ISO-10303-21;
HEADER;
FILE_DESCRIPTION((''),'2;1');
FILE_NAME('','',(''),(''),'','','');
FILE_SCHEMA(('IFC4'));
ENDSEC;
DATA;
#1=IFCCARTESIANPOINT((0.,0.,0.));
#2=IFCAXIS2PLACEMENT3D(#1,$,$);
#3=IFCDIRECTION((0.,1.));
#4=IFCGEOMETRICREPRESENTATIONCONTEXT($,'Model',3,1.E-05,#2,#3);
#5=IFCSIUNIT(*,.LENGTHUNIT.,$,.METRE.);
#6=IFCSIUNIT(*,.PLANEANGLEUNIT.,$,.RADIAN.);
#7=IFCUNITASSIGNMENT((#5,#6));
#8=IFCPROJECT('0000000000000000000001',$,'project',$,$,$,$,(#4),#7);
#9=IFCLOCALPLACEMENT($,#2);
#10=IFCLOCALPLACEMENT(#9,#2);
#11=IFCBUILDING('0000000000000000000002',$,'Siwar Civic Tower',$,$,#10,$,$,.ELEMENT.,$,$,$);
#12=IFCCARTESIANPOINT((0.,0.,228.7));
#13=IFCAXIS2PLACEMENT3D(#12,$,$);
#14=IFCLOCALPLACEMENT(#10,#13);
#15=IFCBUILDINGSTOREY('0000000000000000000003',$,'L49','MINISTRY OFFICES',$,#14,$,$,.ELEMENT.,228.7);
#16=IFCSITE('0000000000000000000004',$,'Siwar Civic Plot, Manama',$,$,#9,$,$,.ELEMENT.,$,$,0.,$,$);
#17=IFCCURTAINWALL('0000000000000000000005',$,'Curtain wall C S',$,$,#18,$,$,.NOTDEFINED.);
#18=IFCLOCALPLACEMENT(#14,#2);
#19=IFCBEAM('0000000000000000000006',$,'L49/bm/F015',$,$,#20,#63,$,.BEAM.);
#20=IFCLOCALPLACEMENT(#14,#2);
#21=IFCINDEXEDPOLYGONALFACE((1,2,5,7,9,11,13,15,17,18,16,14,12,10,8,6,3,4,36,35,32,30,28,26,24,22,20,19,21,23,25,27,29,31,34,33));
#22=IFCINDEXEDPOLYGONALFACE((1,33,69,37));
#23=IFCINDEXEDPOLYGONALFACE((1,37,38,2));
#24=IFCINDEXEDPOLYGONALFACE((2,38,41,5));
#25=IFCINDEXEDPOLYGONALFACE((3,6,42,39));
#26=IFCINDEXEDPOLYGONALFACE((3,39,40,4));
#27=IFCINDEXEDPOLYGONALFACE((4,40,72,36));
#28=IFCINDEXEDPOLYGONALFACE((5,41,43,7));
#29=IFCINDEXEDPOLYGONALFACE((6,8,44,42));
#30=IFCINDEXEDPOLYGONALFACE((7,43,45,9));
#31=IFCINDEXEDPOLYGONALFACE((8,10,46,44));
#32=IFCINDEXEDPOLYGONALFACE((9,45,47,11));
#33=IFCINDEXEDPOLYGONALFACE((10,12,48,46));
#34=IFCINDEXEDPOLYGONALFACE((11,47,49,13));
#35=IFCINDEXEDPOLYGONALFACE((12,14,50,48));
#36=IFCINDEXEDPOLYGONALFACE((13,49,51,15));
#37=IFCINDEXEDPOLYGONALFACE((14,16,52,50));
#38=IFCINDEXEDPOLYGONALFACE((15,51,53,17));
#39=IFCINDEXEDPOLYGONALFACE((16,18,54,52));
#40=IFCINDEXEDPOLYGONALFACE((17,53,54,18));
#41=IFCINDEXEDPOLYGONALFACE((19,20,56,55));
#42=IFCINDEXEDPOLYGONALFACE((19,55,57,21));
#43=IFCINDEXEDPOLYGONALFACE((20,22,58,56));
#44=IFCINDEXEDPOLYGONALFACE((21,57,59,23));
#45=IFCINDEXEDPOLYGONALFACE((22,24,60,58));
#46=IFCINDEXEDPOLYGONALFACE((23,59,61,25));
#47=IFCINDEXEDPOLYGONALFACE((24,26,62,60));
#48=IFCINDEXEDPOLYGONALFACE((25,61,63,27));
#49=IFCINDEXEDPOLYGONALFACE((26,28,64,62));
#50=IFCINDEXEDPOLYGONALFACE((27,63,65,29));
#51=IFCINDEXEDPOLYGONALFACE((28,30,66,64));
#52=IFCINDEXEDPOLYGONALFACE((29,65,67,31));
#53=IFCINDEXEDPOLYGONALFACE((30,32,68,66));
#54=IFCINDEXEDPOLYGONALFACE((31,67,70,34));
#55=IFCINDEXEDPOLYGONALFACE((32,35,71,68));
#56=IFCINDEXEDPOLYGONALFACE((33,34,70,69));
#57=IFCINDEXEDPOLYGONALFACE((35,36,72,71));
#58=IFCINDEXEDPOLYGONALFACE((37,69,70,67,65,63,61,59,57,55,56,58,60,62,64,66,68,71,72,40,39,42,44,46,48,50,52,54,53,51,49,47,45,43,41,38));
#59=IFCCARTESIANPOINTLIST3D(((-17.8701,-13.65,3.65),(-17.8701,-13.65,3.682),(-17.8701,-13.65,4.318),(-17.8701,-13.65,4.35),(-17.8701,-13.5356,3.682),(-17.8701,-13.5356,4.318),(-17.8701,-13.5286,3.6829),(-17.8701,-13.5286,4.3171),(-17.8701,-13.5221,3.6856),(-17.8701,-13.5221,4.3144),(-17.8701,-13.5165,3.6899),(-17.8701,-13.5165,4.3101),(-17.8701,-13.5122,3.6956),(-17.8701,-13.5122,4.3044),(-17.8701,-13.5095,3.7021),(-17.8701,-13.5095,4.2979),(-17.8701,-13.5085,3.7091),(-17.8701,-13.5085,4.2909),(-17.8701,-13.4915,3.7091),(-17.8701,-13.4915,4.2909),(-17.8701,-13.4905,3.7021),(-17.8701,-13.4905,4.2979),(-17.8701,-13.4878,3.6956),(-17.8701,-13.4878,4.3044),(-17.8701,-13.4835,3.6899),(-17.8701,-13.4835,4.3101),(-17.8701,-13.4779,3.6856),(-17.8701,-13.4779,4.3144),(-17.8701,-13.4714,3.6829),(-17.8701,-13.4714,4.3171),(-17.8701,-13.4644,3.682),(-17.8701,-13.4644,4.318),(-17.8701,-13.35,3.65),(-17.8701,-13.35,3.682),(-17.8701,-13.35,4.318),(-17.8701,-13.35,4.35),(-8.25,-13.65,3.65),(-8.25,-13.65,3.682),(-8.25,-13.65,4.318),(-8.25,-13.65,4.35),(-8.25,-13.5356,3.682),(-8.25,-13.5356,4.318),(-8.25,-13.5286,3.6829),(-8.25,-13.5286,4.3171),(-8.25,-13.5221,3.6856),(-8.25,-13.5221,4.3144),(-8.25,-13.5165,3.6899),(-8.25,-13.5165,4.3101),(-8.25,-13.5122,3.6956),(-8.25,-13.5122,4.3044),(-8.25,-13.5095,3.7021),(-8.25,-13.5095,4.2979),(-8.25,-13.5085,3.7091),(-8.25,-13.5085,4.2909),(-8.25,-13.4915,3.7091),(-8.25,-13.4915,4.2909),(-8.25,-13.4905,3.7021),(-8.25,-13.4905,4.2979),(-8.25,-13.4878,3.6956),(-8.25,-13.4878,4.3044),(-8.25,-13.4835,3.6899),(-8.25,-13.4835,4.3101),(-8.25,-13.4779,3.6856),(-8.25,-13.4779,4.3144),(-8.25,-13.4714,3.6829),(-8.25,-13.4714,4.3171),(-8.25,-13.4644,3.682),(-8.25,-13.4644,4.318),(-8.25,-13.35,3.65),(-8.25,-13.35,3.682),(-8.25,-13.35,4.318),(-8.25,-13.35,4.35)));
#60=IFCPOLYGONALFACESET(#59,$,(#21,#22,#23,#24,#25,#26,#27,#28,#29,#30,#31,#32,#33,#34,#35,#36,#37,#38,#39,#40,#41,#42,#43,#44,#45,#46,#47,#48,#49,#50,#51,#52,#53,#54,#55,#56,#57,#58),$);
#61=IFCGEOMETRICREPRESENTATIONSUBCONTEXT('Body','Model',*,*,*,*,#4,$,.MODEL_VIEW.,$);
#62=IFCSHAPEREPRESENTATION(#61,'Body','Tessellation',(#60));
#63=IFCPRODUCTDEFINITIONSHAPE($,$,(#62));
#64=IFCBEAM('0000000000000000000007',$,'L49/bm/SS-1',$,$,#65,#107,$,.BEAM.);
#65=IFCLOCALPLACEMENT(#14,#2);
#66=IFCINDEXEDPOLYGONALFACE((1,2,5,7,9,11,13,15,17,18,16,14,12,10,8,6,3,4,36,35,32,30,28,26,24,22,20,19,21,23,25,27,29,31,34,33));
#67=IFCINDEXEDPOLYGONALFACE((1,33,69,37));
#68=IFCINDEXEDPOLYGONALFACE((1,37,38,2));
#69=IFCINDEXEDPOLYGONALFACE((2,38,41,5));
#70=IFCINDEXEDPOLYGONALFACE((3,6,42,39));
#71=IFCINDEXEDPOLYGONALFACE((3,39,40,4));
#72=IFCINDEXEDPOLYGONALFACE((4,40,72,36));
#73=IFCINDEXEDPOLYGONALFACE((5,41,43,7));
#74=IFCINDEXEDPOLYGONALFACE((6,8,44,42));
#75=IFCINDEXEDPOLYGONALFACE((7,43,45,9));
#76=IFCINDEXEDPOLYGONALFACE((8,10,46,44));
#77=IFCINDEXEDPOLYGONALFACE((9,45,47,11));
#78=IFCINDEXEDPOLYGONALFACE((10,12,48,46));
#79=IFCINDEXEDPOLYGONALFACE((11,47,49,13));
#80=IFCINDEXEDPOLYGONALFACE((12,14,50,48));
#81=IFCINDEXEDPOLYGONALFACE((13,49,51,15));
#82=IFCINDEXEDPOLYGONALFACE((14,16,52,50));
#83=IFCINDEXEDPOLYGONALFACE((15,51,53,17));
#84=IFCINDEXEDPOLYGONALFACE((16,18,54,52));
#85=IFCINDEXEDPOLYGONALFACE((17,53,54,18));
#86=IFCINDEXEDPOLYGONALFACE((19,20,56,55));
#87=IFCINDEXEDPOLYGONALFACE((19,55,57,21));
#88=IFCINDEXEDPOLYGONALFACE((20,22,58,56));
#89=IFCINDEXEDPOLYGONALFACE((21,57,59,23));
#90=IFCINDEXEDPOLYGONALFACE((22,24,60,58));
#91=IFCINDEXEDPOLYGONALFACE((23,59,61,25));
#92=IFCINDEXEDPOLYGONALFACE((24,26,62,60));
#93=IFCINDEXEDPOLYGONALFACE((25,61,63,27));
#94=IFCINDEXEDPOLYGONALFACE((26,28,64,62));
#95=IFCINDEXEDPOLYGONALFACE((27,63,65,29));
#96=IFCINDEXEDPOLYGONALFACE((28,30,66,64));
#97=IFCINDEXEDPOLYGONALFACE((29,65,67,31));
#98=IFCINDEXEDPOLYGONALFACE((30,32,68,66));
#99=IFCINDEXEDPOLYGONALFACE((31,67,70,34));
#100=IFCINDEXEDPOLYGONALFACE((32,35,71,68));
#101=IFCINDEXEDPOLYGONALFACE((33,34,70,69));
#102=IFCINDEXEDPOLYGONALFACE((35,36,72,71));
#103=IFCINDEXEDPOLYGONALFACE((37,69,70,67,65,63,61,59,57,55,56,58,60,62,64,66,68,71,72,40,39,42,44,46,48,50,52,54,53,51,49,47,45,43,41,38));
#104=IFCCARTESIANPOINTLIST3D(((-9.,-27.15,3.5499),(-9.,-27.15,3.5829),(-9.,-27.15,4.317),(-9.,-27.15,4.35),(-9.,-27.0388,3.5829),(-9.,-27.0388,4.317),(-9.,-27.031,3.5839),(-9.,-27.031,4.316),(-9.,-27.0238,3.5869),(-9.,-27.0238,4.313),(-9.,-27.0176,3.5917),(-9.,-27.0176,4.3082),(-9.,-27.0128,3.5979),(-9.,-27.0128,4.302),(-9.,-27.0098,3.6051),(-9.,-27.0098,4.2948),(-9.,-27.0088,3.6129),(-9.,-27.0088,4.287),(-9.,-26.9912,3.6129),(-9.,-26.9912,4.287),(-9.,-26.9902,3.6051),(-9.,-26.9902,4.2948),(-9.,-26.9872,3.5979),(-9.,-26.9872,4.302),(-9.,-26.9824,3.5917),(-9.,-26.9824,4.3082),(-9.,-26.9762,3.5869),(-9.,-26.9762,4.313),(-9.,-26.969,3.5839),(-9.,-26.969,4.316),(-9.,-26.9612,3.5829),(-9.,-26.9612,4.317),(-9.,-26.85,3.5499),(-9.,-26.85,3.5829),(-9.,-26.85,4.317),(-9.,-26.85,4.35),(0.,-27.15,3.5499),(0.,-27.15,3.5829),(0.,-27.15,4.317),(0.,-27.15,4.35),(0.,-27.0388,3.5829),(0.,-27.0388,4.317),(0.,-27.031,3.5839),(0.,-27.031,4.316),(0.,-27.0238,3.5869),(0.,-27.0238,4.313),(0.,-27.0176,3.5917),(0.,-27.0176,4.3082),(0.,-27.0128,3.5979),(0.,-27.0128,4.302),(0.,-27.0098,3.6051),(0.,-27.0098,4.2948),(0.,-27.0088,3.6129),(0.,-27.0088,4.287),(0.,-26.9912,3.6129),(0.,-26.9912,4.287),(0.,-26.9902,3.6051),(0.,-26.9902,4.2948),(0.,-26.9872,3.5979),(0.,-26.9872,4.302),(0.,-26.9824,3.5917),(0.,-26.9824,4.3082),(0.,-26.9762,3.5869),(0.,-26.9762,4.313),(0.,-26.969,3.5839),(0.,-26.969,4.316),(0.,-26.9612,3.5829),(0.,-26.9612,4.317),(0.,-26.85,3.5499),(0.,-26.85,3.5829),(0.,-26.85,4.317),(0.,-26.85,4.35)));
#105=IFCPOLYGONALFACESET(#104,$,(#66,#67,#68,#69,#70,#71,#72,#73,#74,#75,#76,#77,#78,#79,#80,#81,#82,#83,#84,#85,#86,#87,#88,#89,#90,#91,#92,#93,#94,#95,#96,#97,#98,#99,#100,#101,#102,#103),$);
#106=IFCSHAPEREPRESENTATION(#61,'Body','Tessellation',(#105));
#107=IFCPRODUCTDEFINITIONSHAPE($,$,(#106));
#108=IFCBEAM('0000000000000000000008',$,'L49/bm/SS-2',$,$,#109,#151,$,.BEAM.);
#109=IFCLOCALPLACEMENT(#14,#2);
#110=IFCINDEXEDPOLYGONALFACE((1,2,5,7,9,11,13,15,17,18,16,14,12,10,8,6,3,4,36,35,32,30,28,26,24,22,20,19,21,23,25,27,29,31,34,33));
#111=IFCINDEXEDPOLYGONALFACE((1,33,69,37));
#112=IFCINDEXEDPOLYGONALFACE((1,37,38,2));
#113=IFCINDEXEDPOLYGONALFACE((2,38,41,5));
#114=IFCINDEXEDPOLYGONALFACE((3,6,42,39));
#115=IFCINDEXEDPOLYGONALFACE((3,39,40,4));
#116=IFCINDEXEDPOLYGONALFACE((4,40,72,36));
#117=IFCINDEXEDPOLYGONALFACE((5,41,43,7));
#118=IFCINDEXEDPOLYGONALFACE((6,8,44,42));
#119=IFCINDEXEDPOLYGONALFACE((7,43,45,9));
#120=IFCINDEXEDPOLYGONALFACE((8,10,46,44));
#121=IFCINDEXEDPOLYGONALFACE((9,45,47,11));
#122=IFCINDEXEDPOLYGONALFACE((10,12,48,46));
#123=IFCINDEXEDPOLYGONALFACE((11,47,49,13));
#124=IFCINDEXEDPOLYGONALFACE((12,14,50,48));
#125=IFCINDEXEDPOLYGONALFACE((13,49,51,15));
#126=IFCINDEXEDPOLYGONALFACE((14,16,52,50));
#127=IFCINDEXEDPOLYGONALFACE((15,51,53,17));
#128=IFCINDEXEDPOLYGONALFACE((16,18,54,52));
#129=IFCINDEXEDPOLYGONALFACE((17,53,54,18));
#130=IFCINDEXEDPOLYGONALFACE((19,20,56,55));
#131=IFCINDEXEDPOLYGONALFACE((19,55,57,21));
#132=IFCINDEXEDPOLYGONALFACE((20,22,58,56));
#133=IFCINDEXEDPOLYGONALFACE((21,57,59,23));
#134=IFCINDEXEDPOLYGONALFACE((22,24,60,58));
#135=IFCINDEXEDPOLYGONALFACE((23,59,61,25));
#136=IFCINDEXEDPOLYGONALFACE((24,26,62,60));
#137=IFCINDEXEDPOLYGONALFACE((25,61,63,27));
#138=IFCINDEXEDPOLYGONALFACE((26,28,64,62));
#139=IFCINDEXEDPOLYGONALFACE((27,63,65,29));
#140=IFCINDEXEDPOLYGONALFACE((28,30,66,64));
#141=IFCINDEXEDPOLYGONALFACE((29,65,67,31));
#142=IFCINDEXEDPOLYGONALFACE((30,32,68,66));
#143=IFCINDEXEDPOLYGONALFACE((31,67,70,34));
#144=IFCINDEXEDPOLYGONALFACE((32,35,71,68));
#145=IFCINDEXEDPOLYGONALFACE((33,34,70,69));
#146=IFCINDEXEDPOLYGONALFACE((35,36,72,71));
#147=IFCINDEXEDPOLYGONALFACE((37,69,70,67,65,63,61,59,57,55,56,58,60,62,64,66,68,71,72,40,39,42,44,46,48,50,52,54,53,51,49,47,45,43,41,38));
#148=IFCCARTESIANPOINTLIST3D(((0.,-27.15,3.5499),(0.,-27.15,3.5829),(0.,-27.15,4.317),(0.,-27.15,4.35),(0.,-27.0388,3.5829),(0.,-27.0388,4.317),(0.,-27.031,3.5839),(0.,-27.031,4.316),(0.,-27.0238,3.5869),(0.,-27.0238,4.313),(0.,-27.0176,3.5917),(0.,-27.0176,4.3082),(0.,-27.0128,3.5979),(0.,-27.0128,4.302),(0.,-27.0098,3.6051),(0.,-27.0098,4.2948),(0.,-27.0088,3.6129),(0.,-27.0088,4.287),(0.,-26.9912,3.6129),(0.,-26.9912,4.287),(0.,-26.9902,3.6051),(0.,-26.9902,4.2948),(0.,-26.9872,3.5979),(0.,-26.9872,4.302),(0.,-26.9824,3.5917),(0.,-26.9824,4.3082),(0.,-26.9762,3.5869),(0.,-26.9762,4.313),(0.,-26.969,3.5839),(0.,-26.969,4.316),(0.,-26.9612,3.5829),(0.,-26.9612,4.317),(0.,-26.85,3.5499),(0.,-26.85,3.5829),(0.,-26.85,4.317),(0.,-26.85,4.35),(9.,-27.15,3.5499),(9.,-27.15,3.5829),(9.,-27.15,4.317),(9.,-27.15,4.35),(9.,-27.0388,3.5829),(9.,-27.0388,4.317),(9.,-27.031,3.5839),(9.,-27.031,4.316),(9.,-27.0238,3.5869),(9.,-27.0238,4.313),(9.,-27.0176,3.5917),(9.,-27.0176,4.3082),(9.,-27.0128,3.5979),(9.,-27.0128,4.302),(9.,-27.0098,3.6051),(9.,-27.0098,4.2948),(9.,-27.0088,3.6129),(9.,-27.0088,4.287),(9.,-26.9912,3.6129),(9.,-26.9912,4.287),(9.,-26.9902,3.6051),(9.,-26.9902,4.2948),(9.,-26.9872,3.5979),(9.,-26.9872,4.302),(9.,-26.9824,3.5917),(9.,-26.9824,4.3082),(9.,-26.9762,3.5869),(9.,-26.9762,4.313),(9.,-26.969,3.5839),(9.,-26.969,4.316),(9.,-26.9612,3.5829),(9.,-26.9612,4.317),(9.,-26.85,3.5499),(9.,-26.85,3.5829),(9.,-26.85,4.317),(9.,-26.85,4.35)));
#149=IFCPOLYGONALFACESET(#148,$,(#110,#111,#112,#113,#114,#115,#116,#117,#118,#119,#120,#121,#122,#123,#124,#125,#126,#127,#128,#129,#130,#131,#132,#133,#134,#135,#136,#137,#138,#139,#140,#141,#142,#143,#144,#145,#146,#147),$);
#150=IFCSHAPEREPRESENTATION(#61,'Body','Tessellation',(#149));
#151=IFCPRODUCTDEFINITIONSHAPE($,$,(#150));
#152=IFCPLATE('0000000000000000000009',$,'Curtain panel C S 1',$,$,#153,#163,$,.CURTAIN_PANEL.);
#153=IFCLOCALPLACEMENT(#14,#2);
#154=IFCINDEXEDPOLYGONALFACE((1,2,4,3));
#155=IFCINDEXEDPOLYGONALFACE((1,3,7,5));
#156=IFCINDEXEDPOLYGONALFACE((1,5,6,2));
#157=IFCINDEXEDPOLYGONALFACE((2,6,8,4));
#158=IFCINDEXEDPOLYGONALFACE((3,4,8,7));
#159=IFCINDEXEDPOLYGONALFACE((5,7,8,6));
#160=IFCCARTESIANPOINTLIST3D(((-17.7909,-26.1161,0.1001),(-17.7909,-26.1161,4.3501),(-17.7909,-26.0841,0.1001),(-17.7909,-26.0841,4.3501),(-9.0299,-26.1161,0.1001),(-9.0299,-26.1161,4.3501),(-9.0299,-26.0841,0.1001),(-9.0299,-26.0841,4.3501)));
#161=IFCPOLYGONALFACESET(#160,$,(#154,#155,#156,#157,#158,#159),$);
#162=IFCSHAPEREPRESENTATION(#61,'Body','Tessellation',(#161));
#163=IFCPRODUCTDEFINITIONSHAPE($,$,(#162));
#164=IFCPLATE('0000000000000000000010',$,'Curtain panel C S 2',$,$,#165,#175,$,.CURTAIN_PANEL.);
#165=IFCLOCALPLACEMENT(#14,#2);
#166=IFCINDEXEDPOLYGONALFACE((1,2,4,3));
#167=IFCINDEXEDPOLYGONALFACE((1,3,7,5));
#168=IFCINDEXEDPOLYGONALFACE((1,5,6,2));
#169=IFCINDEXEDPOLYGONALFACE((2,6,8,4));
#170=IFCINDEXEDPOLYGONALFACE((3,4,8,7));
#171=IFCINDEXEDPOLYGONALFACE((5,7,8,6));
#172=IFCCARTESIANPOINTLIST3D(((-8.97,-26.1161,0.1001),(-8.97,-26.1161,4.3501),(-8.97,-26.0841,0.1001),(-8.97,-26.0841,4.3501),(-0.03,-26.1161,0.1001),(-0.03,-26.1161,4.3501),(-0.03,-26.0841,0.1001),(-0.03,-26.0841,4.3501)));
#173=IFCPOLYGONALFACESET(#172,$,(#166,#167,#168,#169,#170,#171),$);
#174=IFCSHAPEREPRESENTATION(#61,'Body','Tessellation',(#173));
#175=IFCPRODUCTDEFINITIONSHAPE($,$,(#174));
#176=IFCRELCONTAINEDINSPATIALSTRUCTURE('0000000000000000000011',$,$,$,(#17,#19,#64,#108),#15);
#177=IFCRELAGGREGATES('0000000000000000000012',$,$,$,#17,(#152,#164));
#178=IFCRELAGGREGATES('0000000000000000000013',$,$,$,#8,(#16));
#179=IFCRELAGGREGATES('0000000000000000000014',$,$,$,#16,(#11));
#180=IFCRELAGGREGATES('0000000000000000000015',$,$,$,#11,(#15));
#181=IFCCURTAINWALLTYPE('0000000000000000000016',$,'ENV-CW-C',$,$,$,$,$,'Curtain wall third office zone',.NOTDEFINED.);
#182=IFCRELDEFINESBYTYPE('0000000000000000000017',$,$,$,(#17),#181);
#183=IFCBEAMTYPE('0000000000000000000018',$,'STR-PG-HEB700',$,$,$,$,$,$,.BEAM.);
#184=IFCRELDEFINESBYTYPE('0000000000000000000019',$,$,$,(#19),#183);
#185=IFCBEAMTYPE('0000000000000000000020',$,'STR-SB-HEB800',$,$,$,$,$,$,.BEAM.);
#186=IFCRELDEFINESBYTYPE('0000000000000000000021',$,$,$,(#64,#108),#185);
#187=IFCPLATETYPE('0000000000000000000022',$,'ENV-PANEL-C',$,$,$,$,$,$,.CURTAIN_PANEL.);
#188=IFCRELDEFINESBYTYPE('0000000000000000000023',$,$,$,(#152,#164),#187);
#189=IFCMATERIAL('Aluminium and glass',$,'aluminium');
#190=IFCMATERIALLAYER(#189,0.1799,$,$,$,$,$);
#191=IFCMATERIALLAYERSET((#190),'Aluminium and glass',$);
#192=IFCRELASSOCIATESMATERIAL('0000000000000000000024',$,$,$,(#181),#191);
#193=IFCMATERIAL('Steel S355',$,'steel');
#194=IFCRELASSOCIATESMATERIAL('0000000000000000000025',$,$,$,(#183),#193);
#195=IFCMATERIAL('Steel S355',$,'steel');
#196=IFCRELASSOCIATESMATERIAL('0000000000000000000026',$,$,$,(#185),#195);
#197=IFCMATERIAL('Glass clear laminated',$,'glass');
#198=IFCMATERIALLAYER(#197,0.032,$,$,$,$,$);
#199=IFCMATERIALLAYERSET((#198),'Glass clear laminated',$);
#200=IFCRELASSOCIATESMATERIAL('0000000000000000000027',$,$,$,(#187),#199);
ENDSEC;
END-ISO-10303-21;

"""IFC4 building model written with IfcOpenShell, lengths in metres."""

from ifc_helpers import new_model, si_unit, direction, frame, origin, origin_2d, place, context, subcontext, project, spatial, rectangle, i_section, extrude, material, layer, layer_set, material_profile, profile_set, type_object, element, aggregate, save


model = new_model("IFC4")

# Units and contexts
model_context = context("Model", 3, precision=1e-05, world=origin(), true_north=direction((0.0, 1.0)))
body_context = subcontext(model_context, "Body", "Model", "MODEL_VIEW")
ifc_project = project(units=[si_unit("LENGTHUNIT", "METRE"), si_unit("PLANEANGLEUNIT", "RADIAN")], contexts=[model_context])

# Site, building, storey
site_placement = place(None, origin())
site = spatial("IfcSite", under=ifc_project, at=site_placement, Name="Siwar Civic Plot, Manama", CompositionType="ELEMENT", RefElevation=0.0)
building_placement = place(site_placement, origin())
building = spatial("IfcBuilding", under=site, at=building_placement, Name="Siwar Civic Tower", CompositionType="ELEMENT")
storey_placement = place(building_placement, frame((0.0, 0.0, 228.7)))
storey = spatial("IfcBuildingStorey", under=building, at=storey_placement, Name="L49", Description="MINISTRY OFFICES", CompositionType="ELEMENT", Elevation=228.7)

# Curtain wall
ifc_material_1 = material(Name="Aluminium and glass", Category="aluminium")
ifc_layer_1 = layer(ifc_material_1, 0.1799)
ifc_layer_set_1 = layer_set([ifc_layer_1], Name="Aluminium and glass")
curtain_wall_type = type_object("IfcCurtainWallType", Name="ENV-CW-C", ElementType="Curtain wall third office zone", PredefinedType="NOTDEFINED", material=ifc_layer_set_1)
curtain_wall_placement = place(storey_placement, origin())
curtain_wall = element("IfcCurtainWall", 1, at=curtain_wall_placement, inside=storey, type_object=curtain_wall_type, Name="Curtain wall C S", PredefinedType="NOTDEFINED")

# Beams
ifc_material_2 = material(Name="Steel S355", Category="steel")
ifc_material_profile_1 = material_profile(ifc_material_2, i_section(OverallWidth=0.3, OverallDepth=0.7, WebThickness=0.0171, FlangeThickness=0.032, FilletRadius=0.0271, at=origin_2d()), Name="HEB700")
ifc_profile_set_1 = profile_set([ifc_material_profile_1], Name="Steel S355")
beam_type_1 = type_object("IfcBeamType", Name="STR-PG-HEB700", PredefinedType="BEAM", material=ifc_profile_set_1)
beam_1_placement = place(storey_placement, frame((-17.8701, -13.5, 4.0), z_axis=(1.0, 0.0, 0.0), x_axis=(0.0, 1.0, 0.0)))
element("IfcBeam", 2, at=beam_1_placement, inside=storey, type_object=beam_type_1, Name="L49/bm/F015", PredefinedType="BEAM", context=body_context, shape_type="SweptSolid", body=[
    extrude(i_section(OverallWidth=0.3, OverallDepth=0.7, WebThickness=0.0171, FlangeThickness=0.032, FilletRadius=0.0271, at=origin_2d()), origin(), (0.0, 0.0, 1.0), 9.6201),
])
ifc_material_3 = material(Name="Steel S355", Category="steel")
ifc_material_profile_2 = material_profile(ifc_material_3, i_section(OverallWidth=0.3, OverallDepth=0.8, WebThickness=0.0176, FlangeThickness=0.033, FilletRadius=0.03, at=origin_2d()), Name="HEB800")
ifc_profile_set_2 = profile_set([ifc_material_profile_2], Name="Steel S355")
beam_type_2 = type_object("IfcBeamType", Name="STR-SB-HEB800", PredefinedType="BEAM", material=ifc_profile_set_2)
for number, where, z_axis, x_axis, name in (
    (3, (-9.0, -27.0, 3.95), (1.0, 0.0, 0.0), (0.0, 1.0, 0.0), "L49/bm/SS-1"),
    (4, (0.0, -27.0, 3.95), (1.0, 0.0, 0.0), (0.0, 1.0, 0.0), "L49/bm/SS-2"),
):
    element("IfcBeam", number, at=place(storey_placement, frame(where, z_axis=z_axis, x_axis=x_axis)), inside=storey, type_object=beam_type_2, Name=name, PredefinedType="BEAM", context=body_context, shape_type="SweptSolid", body=[
        extrude(i_section(OverallWidth=0.3, OverallDepth=0.8, WebThickness=0.0176, FlangeThickness=0.033, FilletRadius=0.03, at=origin_2d()), origin(), (0.0, 0.0, 1.0), 9.0),
    ])

# Plates
ifc_material_4 = material(Name="Glass clear laminated", Category="glass")
ifc_layer_2 = layer(ifc_material_4, 0.032)
ifc_layer_set_2 = layer_set([ifc_layer_2], Name="Glass clear laminated")
plate_type = type_object("IfcPlateType", Name="ENV-PANEL-C", PredefinedType="CURTAIN_PANEL", material=ifc_layer_set_2)
plate_1_placement = place(storey_placement, frame((-13.4104, -26.1001, 0.1001), z_axis=(0.0, 0.0, 1.0), x_axis=(1.0, 0.0, 0.0)))
plate_1 = element("IfcPlate", 5, at=plate_1_placement, type_object=plate_type, Name="Curtain panel C S 1", PredefinedType="CURTAIN_PANEL", context=body_context, shape_type="SweptSolid", body=[
    extrude(rectangle(XDim=8.761, YDim=0.032, at=origin_2d()), origin(), (0.0, 0.0, 1.0), 4.25),
])
plate_2_placement = place(storey_placement, frame((-4.5, -26.1001, 0.1001), z_axis=(0.0, 0.0, 1.0), x_axis=(1.0, 0.0, 0.0)))
plate_2 = element("IfcPlate", 6, at=plate_2_placement, type_object=plate_type, Name="Curtain panel C S 2", PredefinedType="CURTAIN_PANEL", context=body_context, shape_type="SweptSolid", body=[
    extrude(rectangle(XDim=8.9399, YDim=0.032, at=origin_2d()), origin(), (0.0, 0.0, 1.0), 4.25),
])
aggregate(curtain_wall, [plate_1, plate_2])

save(model, "model.ifc")
